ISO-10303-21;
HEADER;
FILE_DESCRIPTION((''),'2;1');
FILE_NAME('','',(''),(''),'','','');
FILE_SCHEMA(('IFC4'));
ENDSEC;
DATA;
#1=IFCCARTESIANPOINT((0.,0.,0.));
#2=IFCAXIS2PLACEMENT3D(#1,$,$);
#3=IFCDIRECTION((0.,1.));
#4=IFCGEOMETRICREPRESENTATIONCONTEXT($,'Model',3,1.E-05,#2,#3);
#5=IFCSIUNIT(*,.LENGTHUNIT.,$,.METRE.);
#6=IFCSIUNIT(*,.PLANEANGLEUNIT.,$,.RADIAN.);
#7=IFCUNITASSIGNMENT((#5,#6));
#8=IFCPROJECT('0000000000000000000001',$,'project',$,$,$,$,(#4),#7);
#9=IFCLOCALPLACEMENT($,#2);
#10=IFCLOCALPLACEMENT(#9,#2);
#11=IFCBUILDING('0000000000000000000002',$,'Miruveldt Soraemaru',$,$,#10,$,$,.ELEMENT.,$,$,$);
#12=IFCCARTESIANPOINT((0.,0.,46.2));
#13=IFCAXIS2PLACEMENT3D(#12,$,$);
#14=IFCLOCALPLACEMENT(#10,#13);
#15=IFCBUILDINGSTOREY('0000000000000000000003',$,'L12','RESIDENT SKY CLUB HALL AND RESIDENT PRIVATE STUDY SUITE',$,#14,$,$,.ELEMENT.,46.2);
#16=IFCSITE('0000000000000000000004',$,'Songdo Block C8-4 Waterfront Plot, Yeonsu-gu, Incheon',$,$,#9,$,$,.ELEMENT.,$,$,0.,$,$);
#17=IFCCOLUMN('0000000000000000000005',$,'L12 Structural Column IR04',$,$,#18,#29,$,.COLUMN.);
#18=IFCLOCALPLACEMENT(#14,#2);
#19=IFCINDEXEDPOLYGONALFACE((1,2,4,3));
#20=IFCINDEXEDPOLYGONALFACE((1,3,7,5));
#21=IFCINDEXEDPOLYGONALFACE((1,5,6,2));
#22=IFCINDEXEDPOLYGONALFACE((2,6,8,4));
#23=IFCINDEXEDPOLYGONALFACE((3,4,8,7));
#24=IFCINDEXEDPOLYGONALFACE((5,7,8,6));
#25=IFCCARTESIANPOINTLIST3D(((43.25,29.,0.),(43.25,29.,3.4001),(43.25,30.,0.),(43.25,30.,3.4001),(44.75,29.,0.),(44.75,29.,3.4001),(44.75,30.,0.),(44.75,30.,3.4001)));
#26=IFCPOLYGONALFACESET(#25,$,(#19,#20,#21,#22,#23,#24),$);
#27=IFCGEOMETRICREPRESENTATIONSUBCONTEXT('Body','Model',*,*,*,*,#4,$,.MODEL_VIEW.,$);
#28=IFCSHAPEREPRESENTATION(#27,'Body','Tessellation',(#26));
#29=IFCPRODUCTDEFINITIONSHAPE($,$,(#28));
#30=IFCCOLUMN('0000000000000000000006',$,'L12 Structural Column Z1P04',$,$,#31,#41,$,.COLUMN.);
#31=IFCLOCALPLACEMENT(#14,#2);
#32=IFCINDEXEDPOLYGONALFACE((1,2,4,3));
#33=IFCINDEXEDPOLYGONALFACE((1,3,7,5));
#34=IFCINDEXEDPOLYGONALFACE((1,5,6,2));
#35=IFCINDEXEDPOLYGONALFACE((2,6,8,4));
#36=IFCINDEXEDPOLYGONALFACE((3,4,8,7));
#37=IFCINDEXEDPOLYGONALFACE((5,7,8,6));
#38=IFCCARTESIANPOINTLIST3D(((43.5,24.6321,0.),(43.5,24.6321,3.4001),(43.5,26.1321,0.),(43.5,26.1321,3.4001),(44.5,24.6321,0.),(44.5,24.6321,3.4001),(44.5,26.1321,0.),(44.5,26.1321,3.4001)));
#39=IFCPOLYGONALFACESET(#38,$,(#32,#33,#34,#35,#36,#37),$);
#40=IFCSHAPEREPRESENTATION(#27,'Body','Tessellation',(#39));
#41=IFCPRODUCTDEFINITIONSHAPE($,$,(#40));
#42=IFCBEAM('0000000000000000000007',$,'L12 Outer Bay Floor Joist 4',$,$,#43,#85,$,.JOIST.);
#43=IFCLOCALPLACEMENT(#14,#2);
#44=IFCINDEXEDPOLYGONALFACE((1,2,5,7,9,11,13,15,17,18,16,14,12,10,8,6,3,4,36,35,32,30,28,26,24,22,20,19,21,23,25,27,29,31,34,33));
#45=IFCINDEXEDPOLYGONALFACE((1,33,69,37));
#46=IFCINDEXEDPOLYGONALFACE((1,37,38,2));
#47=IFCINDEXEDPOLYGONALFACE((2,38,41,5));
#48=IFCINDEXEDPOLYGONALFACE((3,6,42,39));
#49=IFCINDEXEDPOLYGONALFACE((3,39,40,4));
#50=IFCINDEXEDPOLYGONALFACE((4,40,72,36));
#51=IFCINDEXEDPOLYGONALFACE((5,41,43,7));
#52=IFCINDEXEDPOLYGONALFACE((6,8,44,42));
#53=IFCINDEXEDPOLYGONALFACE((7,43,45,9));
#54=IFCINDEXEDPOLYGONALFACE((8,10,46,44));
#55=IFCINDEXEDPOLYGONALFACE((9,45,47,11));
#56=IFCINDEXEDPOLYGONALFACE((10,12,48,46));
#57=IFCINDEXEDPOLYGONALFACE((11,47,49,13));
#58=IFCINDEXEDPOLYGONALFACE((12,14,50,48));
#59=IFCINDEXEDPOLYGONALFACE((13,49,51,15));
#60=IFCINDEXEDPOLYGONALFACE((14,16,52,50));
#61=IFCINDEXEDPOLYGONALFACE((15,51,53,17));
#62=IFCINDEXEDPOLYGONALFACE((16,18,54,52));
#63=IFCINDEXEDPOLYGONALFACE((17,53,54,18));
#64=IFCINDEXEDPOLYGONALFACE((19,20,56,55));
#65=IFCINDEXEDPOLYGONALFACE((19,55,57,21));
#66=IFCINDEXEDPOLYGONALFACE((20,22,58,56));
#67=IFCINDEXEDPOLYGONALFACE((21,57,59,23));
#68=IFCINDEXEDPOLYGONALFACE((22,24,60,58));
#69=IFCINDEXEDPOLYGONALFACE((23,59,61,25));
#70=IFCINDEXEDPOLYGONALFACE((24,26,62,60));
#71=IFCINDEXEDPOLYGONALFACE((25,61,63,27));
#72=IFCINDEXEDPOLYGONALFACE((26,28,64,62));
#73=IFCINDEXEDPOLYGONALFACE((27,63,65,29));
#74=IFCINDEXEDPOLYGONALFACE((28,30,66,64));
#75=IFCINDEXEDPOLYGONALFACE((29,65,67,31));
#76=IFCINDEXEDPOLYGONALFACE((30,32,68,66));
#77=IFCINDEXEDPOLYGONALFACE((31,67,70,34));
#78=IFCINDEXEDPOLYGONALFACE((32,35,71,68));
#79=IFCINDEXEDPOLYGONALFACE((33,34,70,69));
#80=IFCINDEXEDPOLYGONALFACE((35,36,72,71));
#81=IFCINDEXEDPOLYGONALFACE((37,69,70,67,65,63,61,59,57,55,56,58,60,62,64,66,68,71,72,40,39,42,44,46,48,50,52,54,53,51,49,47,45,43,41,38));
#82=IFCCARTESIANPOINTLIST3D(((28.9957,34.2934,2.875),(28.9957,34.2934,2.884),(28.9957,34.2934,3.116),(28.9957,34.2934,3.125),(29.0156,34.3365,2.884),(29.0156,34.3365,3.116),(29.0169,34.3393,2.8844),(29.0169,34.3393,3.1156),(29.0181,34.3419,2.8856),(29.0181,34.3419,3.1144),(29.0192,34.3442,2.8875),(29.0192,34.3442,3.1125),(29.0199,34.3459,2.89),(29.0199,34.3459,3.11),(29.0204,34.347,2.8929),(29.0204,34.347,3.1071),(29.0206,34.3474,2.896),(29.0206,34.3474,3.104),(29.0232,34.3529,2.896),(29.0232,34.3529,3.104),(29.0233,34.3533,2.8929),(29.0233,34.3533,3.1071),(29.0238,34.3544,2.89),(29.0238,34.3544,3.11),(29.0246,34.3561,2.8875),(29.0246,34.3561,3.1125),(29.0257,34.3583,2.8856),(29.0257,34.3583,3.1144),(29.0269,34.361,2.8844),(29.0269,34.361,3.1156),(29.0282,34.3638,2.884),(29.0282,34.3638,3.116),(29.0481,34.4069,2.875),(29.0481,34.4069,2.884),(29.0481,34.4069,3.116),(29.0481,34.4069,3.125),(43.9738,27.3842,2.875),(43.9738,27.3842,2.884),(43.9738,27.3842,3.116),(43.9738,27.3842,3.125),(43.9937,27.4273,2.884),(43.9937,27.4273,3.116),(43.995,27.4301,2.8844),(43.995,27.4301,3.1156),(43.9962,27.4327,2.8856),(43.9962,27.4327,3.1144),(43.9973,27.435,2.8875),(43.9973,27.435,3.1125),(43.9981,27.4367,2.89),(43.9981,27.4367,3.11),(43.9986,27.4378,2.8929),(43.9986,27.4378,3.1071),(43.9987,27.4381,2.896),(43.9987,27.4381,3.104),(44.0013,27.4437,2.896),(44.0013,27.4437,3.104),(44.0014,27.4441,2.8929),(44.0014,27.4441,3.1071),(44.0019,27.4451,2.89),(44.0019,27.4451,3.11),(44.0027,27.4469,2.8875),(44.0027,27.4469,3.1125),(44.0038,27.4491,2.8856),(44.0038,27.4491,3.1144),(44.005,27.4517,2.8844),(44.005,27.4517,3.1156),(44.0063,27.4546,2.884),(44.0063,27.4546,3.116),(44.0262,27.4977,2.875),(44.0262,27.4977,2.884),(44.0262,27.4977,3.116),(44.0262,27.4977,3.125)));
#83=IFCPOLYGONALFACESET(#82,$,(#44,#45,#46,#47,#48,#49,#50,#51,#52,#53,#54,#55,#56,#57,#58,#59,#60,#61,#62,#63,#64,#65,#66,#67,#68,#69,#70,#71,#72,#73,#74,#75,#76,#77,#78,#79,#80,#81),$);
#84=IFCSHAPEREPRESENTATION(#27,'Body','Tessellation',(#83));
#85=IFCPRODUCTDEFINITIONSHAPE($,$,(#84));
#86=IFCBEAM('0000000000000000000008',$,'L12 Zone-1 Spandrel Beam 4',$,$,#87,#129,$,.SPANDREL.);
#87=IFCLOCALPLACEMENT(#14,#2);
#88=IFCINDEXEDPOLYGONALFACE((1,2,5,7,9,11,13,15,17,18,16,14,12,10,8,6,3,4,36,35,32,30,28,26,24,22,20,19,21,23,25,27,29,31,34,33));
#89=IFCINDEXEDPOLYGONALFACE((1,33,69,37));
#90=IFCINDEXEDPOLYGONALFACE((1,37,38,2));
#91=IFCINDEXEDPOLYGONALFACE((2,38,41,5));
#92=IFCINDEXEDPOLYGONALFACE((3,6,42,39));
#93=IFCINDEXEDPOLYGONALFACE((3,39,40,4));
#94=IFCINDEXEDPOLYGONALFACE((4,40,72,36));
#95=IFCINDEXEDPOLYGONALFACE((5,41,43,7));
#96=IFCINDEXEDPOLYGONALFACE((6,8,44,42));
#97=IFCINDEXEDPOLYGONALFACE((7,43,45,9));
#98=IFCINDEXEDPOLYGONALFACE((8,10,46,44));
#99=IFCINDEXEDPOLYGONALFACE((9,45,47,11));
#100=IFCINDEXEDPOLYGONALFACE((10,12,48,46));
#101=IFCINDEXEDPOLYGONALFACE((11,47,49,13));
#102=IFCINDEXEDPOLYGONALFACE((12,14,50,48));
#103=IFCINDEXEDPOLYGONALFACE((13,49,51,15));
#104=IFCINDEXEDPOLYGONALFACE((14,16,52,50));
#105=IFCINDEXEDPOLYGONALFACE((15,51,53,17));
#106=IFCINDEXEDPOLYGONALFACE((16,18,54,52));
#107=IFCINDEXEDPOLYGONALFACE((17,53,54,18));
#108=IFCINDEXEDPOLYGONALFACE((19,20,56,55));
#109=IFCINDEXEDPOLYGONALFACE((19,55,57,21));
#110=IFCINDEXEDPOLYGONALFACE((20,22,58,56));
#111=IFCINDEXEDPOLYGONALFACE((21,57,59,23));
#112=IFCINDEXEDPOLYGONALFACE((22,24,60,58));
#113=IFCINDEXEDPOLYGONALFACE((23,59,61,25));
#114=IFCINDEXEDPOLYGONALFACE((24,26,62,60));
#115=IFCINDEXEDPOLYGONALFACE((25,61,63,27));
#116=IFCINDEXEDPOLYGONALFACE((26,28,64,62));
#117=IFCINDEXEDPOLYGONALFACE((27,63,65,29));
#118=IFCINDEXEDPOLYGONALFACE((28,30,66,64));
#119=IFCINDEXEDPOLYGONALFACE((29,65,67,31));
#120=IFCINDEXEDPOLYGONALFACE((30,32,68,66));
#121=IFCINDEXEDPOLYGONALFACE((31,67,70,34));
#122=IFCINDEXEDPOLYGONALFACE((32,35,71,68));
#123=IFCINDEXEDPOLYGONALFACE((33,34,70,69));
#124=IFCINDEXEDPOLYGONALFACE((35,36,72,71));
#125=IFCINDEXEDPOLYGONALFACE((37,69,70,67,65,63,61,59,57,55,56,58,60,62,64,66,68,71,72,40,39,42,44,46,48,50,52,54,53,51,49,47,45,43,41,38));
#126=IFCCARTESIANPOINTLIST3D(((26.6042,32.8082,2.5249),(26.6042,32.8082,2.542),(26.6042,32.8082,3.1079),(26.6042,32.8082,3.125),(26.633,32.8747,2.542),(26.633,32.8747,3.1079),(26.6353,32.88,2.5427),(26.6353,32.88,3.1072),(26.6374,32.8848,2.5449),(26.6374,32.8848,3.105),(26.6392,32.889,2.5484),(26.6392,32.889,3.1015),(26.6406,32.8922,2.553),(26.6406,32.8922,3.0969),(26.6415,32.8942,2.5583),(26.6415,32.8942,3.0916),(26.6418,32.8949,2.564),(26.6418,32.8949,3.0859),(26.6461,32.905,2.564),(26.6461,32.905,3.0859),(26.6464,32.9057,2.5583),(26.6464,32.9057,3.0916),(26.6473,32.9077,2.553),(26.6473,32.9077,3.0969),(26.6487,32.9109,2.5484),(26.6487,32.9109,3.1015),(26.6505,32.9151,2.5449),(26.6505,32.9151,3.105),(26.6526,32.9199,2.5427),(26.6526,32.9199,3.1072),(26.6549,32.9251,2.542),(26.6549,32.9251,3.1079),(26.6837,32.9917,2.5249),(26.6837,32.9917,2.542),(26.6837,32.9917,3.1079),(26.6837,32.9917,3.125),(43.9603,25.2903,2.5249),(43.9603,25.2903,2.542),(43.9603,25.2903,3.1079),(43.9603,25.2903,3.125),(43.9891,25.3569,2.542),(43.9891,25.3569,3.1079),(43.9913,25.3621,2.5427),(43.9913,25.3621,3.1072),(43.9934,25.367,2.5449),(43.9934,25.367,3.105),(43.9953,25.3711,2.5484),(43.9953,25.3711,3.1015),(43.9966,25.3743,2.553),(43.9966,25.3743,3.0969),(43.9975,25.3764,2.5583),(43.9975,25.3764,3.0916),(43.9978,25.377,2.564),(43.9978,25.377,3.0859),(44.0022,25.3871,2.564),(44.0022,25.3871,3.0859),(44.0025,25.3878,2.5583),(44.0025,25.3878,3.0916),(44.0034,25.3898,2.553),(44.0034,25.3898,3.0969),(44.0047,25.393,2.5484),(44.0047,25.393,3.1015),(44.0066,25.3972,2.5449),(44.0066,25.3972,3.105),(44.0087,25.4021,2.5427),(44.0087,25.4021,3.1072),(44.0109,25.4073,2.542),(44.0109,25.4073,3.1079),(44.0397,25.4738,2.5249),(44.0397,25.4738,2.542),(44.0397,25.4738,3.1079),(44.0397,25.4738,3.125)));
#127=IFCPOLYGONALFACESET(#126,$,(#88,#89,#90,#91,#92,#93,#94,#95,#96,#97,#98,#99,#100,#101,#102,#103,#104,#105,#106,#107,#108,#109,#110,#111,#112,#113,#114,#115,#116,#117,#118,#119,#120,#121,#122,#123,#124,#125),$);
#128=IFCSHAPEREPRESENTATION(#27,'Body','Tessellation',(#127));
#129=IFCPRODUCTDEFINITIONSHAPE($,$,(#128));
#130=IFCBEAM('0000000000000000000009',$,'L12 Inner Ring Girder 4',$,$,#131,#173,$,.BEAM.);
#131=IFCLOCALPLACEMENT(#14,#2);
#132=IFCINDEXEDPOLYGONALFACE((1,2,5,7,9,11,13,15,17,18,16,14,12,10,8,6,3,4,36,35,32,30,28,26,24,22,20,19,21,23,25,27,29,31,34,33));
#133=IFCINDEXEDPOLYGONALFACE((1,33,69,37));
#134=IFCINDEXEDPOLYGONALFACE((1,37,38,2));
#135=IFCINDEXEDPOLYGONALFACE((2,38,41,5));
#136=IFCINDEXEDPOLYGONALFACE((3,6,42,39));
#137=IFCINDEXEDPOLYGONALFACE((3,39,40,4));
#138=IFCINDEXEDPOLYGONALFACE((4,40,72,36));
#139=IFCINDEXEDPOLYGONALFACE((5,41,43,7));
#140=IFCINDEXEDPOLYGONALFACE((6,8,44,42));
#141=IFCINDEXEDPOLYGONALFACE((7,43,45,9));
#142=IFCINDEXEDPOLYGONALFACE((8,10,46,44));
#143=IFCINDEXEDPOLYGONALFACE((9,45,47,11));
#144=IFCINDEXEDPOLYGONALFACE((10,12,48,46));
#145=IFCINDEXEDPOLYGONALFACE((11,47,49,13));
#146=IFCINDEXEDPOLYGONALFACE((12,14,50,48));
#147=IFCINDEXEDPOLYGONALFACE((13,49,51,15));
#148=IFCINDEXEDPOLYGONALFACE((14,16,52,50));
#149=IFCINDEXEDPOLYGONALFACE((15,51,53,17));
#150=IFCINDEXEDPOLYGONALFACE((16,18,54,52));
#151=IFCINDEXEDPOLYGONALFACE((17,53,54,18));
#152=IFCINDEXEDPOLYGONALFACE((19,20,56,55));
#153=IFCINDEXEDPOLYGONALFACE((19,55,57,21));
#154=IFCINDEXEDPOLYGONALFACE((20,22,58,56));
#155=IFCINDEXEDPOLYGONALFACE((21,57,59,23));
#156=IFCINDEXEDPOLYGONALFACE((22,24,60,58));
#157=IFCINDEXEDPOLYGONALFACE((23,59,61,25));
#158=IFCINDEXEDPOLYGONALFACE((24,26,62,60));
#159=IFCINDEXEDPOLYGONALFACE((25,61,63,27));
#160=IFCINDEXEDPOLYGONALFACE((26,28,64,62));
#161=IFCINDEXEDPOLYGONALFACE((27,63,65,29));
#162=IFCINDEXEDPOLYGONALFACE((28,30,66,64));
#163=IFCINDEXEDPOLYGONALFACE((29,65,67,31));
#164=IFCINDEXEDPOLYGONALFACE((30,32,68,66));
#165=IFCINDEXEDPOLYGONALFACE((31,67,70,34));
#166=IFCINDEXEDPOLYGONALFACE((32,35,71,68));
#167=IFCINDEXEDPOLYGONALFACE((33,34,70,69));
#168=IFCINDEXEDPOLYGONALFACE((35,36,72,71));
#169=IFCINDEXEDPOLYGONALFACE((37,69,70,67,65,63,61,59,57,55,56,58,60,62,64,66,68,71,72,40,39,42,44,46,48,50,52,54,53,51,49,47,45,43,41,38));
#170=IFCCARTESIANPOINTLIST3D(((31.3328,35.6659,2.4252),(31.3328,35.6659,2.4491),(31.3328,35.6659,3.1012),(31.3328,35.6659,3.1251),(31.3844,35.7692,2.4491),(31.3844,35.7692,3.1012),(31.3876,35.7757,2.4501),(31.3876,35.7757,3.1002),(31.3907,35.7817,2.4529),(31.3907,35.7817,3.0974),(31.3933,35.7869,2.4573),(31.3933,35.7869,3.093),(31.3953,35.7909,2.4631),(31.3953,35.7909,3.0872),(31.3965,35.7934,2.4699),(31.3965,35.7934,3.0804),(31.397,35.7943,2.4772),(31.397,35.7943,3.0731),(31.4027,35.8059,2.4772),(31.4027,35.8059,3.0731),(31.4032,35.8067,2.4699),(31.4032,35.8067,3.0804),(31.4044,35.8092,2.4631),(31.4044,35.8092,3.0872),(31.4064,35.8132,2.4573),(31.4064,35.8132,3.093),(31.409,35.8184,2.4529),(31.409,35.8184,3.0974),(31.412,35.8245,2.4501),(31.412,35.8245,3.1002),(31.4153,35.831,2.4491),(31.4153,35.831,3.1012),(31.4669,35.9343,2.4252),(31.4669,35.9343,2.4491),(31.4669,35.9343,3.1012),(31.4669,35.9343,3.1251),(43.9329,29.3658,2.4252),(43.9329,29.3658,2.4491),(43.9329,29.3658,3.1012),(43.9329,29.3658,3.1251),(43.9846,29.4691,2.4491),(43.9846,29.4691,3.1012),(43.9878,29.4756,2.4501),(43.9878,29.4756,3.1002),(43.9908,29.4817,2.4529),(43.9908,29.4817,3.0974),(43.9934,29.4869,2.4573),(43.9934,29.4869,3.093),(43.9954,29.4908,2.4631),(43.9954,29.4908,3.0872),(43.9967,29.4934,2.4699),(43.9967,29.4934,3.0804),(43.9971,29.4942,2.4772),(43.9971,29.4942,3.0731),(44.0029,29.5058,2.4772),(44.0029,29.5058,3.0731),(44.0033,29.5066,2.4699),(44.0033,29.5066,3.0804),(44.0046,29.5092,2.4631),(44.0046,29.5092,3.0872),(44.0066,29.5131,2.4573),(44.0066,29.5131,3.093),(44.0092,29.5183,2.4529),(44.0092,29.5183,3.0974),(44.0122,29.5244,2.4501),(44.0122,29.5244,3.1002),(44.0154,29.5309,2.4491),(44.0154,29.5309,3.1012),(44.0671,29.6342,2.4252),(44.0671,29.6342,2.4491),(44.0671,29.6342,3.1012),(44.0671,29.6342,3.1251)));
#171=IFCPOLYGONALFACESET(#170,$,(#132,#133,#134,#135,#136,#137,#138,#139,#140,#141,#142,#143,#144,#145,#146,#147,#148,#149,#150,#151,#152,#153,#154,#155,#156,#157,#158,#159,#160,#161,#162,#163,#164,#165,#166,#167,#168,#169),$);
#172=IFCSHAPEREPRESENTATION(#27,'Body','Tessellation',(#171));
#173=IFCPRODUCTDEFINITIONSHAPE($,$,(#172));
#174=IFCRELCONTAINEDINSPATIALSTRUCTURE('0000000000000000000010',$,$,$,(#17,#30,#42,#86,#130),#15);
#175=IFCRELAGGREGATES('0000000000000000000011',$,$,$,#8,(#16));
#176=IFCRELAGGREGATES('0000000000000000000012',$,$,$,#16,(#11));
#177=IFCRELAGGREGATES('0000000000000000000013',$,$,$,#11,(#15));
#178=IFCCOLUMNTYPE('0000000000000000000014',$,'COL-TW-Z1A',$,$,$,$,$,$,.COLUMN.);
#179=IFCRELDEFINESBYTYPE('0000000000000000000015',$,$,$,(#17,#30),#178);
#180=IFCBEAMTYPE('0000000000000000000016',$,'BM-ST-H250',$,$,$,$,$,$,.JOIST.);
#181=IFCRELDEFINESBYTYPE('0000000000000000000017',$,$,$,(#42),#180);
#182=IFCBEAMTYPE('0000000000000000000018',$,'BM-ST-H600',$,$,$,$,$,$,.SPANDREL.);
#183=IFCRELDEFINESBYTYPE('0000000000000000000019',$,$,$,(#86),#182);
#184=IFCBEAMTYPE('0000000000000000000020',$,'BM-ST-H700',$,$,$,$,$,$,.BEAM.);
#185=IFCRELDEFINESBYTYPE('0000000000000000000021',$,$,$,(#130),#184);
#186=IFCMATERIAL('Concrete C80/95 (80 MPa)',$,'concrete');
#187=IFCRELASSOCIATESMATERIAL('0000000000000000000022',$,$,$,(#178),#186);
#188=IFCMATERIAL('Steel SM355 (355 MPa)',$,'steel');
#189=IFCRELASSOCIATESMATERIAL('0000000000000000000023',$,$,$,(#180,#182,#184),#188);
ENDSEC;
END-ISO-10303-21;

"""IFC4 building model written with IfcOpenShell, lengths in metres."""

from ifc_helpers import new_model, si_unit, direction, frame, origin, origin_2d, place, context, subcontext, project, spatial, rectangle, i_section, extrude, material, material_profile, profile_set, type_object, element, save


model = new_model("IFC4")

# Units and contexts
model_context = context("Model", 3, precision=1e-05, world=origin(), true_north=direction((0.0, 1.0)))
body_context = subcontext(model_context, "Body", "Model", "MODEL_VIEW")
ifc_project = project(units=[si_unit("LENGTHUNIT", "METRE"), si_unit("PLANEANGLEUNIT", "RADIAN")], contexts=[model_context])

# Site, building, storey
site_placement = place(None, origin())
site = spatial("IfcSite", under=ifc_project, at=site_placement, Name="Songdo Block C8-4 Waterfront Plot, Yeonsu-gu, Incheon", CompositionType="ELEMENT", RefElevation=0.0)
building_placement = place(site_placement, origin())
building = spatial("IfcBuilding", under=site, at=building_placement, Name="Miruveldt Soraemaru", CompositionType="ELEMENT")
storey_placement = place(building_placement, frame((0.0, 0.0, 46.2)))
storey = spatial("IfcBuildingStorey", under=building, at=storey_placement, Name="L12", Description="RESIDENT SKY CLUB HALL AND RESIDENT PRIVATE STUDY SUITE", CompositionType="ELEMENT", Elevation=46.2)

# Columns
ifc_material_1 = material(Name="Concrete C80/95 (80 MPa)", Category="concrete")
ifc_material_profile_1 = material_profile(ifc_material_1, rectangle(XDim=1.5, YDim=1.0, at=origin_2d()), Name="Concrete C80/95 (80 MPa)", Category="concrete")
ifc_profile_set_1 = profile_set([ifc_material_profile_1], Name="Concrete C80/95 (80 MPa)")
column_type = type_object("IfcColumnType", Name="COL-TW-Z1A", PredefinedType="COLUMN", material=ifc_profile_set_1)
for number, where, z_axis, x_axis, name in (
    (1, (44.0, 29.5, 0.0), (0.0, 0.0, 1.0), (1.0, 0.0, 0.0), "L12 Structural Column IR04"),
    (2, (44.0, 25.3821, 0.0), (0.0, 0.0, 1.0), (0.0, 1.0, 0.0), "L12 Structural Column Z1P04"),
):
    element("IfcColumn", number, at=place(storey_placement, frame(where, z_axis=z_axis, x_axis=x_axis)), inside=storey, type_object=column_type, Name=name, PredefinedType="COLUMN", context=body_context, shape_type="SweptSolid", body=[
        extrude(rectangle(XDim=1.5, YDim=1.0, at=origin_2d()), origin(), (0.0, 0.0, 1.0), 3.4001),
    ])

# Beams
ifc_material_2 = material(Name="Steel SM355 (355 MPa)", Category="steel")
ifc_material_profile_2 = material_profile(ifc_material_2, i_section(OverallWidth=0.125, OverallDepth=0.25, WebThickness=0.0061, FlangeThickness=0.009, FilletRadius=0.012, at=origin_2d()), Name="Steel SM355 (355 MPa)", Category="steel")
ifc_profile_set_2 = profile_set([ifc_material_profile_2], Name="Steel SM355 (355 MPa)")
beam_type_1 = type_object("IfcBeamType", Name="BM-ST-H250", PredefinedType="JOIST", material=ifc_profile_set_2)
beam_1_placement = place(storey_placement, frame((44.0, 27.4409, 3.0), z_axis=(-0.908046, 0.41887, 0.0), x_axis=(-0.41887, -0.908046, 0.0)))
element("IfcBeam", 3, at=beam_1_placement, inside=storey, type_object=beam_type_1, Name="L12 Outer Bay Floor Joist 4", PredefinedType="JOIST", context=body_context, shape_type="SweptSolid", body=[
    extrude(i_section(OverallWidth=0.125, OverallDepth=0.25, WebThickness=0.0061, FlangeThickness=0.009, FilletRadius=0.012, at=origin_2d()), origin(), (0.0, 0.0, 1.0), 16.4949),
])
ifc_material_profile_3 = material_profile(ifc_material_2, i_section(OverallWidth=0.2, OverallDepth=0.6001, WebThickness=0.011, FlangeThickness=0.0171, FilletRadius=0.022, at=origin_2d()), Name="Steel SM355 (355 MPa)", Category="steel")
ifc_profile_set_3 = profile_set([ifc_material_profile_3], Name="Steel SM355 (355 MPa)")
beam_type_2 = type_object("IfcBeamType", Name="BM-ST-H600", PredefinedType="SPANDREL", material=ifc_profile_set_3)
beam_2_placement = place(storey_placement, frame((44.0, 25.3821, 2.825), z_axis=(-0.917615, 0.39747, 0.0), x_axis=(-0.39747, -0.917615, 0.0)))
element("IfcBeam", 4, at=beam_2_placement, inside=storey, type_object=beam_type_2, Name="L12 Zone-1 Spandrel Beam 4", PredefinedType="SPANDREL", context=body_context, shape_type="SweptSolid", body=[
    extrude(i_section(OverallWidth=0.2, OverallDepth=0.6001, WebThickness=0.011, FlangeThickness=0.0171, FilletRadius=0.022, at=origin_2d()), origin(), (0.0, 0.0, 1.0), 18.9143),
])
ifc_material_profile_4 = material_profile(ifc_material_2, i_section(OverallWidth=0.3, OverallDepth=0.7, WebThickness=0.0129, FlangeThickness=0.0239, FilletRadius=0.0281, at=origin_2d()), Name="Steel SM355 (355 MPa)", Category="steel")
ifc_profile_set_4 = profile_set([ifc_material_profile_4], Name="Steel SM355 (355 MPa)")
beam_type_3 = type_object("IfcBeamType", Name="BM-ST-H700", PredefinedType="BEAM", material=ifc_profile_set_4)
beam_3_placement = place(storey_placement, frame((44.0, 29.5, 2.7751), z_axis=(-0.894427, 0.447214, 0.0), x_axis=(-0.447214, -0.894427, 0.0)))
element("IfcBeam", 5, at=beam_3_placement, inside=storey, type_object=beam_type_3, Name="L12 Inner Ring Girder 4", PredefinedType="BEAM", context=body_context, shape_type="SweptSolid", body=[
    extrude(i_section(OverallWidth=0.3, OverallDepth=0.7, WebThickness=0.0129, FlangeThickness=0.0239, FilletRadius=0.0281, at=origin_2d()), origin(), (0.0, 0.0, 1.0), 14.0874),
])

save(model, "model.ifc")
